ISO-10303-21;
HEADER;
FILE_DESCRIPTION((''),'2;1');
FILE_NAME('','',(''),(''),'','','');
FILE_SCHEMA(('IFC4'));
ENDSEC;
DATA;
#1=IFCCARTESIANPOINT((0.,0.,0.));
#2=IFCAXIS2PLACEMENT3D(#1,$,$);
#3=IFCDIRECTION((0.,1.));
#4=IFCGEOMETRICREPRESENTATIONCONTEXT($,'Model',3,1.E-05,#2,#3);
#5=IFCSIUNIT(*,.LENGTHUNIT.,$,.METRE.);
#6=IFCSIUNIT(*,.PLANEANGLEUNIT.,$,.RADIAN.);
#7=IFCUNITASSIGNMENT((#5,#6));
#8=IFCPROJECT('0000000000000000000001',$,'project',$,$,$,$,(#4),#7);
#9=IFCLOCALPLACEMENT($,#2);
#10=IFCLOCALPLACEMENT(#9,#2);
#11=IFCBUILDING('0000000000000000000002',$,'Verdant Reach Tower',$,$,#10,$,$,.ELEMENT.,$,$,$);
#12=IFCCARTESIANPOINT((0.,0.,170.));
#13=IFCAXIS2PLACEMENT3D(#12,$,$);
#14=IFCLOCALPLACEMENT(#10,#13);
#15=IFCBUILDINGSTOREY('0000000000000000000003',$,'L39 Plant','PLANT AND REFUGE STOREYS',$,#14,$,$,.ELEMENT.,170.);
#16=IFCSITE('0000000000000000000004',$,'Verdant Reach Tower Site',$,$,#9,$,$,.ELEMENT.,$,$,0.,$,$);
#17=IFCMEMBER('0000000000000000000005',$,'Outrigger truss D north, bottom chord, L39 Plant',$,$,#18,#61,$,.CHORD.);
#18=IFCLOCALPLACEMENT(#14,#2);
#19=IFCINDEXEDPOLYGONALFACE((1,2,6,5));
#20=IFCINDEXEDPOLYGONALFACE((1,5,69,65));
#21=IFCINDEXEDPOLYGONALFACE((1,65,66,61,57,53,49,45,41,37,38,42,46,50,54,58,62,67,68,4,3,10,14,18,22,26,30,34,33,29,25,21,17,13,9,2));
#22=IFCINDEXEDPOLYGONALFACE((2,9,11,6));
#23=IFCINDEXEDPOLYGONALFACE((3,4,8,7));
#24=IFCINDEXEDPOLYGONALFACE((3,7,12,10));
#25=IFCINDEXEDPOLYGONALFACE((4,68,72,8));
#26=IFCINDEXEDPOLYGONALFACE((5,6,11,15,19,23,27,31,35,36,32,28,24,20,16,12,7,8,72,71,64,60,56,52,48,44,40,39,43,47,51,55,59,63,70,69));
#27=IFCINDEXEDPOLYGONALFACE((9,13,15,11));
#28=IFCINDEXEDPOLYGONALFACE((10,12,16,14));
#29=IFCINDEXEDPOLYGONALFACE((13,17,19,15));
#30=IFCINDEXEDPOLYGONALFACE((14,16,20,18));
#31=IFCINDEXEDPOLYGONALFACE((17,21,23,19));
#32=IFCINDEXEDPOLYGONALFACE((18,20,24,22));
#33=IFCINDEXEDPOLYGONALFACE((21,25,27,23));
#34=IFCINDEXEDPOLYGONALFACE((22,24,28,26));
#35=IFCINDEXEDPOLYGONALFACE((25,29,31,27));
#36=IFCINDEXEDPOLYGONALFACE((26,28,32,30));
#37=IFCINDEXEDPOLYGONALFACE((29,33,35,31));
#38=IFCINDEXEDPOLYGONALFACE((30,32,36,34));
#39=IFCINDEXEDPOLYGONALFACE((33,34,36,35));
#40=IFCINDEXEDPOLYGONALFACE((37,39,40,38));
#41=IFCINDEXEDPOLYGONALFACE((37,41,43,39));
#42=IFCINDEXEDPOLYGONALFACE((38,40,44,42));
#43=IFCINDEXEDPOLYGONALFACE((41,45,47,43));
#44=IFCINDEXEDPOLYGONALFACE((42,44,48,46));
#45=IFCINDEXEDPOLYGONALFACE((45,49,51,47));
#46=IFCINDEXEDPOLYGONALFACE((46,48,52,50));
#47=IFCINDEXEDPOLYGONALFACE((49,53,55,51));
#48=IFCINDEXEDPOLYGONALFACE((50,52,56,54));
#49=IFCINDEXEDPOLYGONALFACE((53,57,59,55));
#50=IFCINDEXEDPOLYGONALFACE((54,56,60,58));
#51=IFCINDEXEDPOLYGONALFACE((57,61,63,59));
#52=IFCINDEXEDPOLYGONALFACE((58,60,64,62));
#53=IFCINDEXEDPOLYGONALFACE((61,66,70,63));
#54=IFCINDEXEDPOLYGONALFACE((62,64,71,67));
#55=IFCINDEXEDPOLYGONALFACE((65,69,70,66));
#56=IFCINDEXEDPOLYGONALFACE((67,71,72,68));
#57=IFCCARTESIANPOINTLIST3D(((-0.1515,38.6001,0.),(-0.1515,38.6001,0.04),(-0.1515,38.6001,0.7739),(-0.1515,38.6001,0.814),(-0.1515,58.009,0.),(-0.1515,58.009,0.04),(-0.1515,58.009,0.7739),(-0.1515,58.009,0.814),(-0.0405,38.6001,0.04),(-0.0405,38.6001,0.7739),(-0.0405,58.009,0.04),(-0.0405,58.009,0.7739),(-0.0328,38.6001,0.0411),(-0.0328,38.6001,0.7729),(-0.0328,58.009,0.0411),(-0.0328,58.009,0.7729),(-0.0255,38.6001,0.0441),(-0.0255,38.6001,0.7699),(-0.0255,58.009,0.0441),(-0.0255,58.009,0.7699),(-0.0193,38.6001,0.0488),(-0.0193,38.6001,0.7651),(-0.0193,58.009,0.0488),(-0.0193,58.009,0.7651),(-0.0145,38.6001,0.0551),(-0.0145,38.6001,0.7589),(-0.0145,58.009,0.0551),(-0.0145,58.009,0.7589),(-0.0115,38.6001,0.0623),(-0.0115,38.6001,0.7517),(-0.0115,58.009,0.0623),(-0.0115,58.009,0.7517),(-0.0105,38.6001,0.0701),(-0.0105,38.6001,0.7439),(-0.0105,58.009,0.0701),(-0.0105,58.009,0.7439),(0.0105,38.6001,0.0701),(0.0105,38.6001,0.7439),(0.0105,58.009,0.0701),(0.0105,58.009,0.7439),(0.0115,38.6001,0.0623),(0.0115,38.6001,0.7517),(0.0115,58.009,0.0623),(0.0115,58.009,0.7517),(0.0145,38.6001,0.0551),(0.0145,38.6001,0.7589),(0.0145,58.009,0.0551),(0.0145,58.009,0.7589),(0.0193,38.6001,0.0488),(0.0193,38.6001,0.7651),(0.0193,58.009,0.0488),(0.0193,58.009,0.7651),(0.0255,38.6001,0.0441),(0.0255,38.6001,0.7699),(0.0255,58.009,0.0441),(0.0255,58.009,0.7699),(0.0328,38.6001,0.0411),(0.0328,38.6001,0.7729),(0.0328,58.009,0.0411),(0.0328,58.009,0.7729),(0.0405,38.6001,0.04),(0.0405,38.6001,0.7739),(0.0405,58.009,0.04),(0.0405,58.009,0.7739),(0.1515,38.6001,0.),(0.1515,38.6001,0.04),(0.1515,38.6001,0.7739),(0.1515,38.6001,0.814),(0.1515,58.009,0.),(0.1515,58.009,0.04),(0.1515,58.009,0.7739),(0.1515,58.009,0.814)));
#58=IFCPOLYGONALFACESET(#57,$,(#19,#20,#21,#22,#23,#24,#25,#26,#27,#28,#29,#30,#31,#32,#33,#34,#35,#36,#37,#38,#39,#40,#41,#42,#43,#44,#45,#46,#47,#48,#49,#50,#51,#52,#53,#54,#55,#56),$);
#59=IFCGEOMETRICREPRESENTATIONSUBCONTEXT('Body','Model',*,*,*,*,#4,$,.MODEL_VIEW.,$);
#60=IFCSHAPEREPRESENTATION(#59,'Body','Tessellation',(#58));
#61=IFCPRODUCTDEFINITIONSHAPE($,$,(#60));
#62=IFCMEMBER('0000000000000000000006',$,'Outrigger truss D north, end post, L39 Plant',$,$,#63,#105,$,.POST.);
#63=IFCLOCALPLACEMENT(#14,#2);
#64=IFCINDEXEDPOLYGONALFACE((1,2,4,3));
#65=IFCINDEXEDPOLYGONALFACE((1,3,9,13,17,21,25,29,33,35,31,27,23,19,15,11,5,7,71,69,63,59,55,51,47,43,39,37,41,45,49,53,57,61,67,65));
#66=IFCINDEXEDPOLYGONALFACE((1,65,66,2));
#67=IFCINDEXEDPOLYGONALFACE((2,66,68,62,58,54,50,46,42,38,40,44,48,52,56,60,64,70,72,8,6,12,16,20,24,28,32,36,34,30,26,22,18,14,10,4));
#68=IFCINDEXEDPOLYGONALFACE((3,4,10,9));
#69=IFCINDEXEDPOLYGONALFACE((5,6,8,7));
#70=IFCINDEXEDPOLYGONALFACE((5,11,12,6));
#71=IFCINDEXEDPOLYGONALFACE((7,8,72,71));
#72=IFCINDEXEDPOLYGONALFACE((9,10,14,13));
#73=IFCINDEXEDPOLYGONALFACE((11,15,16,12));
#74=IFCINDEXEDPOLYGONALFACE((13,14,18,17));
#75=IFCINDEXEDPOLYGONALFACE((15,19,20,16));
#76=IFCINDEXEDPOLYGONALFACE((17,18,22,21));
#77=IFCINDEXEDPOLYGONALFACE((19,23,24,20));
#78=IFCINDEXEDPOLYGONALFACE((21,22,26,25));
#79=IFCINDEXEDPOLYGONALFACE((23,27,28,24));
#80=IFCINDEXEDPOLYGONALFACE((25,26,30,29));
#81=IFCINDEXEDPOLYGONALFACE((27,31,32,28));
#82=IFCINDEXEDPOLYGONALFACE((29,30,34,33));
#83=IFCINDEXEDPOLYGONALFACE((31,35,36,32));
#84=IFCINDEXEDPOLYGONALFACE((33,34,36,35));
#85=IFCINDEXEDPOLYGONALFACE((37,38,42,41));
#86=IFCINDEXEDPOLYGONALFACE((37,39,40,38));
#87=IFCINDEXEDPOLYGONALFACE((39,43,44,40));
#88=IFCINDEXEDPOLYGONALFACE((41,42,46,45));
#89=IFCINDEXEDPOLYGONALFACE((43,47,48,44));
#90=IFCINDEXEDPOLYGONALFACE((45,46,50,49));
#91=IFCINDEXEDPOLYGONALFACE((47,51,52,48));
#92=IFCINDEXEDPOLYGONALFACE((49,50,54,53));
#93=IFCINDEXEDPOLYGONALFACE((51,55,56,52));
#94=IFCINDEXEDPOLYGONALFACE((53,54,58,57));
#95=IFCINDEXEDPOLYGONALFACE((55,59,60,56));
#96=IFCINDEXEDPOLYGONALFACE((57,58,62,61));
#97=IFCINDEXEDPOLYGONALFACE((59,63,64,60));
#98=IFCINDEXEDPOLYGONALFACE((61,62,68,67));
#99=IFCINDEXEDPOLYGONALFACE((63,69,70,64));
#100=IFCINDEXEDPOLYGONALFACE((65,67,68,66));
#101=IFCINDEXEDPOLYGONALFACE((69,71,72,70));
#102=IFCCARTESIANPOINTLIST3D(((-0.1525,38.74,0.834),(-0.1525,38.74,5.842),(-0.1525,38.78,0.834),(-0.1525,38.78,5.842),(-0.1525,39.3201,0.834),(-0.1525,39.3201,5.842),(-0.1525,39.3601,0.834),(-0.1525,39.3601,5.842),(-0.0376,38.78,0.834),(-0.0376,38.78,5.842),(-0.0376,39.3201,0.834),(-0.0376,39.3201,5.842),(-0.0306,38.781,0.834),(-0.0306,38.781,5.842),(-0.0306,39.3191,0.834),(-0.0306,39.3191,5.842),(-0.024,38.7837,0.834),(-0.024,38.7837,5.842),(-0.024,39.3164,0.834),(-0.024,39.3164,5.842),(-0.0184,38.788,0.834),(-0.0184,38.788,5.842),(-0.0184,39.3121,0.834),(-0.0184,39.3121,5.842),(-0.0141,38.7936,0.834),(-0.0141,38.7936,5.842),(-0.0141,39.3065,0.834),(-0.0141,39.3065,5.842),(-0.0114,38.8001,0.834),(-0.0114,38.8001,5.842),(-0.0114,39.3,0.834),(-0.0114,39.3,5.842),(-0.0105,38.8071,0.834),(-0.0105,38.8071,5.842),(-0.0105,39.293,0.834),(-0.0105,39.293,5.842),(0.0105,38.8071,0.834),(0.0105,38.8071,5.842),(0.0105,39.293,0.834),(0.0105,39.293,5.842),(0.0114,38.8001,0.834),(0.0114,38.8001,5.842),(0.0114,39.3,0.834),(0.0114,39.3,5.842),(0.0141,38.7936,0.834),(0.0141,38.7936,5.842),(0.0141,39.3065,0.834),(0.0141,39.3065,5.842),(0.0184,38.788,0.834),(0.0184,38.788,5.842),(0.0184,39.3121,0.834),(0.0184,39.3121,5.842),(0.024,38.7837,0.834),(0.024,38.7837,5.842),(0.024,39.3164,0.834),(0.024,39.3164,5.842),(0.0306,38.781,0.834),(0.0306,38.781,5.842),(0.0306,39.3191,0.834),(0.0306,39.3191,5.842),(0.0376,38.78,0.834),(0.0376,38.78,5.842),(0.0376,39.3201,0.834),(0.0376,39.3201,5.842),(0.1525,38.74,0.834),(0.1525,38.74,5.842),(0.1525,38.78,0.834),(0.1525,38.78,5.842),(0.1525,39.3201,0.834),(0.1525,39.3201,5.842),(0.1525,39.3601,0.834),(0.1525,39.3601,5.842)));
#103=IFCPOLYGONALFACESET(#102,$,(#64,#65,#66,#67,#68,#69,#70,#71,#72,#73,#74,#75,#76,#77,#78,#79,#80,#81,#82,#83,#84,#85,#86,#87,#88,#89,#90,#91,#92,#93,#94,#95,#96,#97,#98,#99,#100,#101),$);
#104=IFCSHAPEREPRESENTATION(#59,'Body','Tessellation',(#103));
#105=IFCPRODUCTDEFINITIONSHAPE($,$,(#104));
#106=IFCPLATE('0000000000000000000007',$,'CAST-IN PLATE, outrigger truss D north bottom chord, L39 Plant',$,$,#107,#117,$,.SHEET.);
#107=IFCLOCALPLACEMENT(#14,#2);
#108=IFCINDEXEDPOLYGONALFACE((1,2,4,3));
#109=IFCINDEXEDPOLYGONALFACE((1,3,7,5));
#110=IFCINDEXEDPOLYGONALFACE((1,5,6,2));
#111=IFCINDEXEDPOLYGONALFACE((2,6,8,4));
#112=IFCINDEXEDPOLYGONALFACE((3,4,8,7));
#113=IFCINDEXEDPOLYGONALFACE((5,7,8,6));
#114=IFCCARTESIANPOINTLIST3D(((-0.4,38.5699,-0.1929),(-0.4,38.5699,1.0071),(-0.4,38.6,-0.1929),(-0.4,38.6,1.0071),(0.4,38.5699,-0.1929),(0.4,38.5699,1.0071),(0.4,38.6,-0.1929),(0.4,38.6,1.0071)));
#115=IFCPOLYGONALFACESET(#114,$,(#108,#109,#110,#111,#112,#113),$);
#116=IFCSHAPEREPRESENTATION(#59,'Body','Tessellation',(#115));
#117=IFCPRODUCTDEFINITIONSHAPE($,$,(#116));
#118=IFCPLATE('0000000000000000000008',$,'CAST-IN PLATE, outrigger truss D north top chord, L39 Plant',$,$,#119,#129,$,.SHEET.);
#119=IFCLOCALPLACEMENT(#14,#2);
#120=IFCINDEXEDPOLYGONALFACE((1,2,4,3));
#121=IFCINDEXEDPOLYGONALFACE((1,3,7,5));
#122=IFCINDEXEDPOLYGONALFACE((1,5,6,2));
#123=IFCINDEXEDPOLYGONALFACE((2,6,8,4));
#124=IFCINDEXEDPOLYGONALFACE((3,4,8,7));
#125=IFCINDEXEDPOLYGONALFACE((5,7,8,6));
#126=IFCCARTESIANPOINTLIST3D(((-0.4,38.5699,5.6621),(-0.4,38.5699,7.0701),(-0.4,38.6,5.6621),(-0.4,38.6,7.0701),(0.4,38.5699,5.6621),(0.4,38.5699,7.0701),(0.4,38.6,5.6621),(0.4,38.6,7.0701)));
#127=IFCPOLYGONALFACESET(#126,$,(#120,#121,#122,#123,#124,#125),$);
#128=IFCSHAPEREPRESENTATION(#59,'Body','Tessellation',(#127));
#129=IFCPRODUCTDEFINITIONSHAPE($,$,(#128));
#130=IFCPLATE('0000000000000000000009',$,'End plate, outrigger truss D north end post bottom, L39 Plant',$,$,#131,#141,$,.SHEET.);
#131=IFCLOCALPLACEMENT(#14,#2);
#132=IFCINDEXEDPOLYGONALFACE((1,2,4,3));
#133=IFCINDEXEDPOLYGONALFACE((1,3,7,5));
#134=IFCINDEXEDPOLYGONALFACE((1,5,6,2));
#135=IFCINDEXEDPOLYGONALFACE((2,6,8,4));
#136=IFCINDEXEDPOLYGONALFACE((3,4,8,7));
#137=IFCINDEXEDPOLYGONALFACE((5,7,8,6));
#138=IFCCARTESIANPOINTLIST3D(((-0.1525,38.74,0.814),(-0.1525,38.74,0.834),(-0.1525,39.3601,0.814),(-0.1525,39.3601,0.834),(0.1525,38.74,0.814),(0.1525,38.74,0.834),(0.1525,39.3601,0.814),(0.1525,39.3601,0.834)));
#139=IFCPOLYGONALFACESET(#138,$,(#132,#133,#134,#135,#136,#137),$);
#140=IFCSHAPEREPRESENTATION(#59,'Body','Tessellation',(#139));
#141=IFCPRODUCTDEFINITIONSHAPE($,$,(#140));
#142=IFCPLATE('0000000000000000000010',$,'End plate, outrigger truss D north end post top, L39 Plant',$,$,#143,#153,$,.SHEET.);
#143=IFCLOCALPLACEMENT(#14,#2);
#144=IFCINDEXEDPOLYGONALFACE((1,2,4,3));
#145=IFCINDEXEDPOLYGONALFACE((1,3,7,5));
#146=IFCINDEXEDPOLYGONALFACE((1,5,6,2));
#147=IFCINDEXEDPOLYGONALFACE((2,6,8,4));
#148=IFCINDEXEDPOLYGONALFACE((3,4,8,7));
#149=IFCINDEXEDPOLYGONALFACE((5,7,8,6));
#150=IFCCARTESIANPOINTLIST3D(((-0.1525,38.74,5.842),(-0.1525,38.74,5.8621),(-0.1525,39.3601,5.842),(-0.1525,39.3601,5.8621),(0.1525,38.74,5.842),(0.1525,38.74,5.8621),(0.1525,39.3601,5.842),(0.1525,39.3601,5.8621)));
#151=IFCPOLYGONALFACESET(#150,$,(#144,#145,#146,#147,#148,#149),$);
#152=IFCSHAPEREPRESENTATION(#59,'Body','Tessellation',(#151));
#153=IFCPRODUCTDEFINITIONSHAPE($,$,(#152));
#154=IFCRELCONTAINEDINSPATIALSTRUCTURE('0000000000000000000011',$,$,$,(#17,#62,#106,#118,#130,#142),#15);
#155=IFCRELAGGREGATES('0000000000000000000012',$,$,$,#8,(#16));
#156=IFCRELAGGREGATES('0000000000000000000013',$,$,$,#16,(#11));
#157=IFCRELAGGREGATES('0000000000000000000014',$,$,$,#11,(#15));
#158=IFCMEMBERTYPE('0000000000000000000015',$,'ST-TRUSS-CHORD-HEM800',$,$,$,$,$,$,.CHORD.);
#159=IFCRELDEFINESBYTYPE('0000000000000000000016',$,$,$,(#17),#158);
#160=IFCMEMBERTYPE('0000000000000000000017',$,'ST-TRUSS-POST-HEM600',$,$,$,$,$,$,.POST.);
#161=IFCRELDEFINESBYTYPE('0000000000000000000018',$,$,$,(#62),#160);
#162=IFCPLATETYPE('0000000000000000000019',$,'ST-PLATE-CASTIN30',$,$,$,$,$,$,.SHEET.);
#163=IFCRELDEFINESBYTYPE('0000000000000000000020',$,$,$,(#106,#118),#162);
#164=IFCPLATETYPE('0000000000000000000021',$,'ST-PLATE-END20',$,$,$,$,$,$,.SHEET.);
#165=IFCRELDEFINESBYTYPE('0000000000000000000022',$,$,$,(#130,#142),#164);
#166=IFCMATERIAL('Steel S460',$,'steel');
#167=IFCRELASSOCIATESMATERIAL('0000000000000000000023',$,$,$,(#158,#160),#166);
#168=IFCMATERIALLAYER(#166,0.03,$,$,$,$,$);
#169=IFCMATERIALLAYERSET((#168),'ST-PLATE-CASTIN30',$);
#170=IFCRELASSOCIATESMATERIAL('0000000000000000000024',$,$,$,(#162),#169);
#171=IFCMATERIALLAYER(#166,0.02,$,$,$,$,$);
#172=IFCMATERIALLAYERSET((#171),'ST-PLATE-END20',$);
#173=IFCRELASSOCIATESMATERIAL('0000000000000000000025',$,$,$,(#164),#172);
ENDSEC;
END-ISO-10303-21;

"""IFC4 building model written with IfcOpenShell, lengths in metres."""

from ifc_helpers import new_model, si_unit, direction, frame, origin, origin_2d, place, context, subcontext, project, spatial, rectangle, i_section, extrude, material, layer, layer_set, material_profile, profile_set, type_object, element, save


model = new_model("IFC4")

# Units and contexts
model_context = context("Model", 3, precision=1e-05, world=origin(), true_north=direction((0.0, 1.0)))
body_context = subcontext(model_context, "Body", "Model", "MODEL_VIEW")
ifc_project = project(units=[si_unit("LENGTHUNIT", "METRE"), si_unit("PLANEANGLEUNIT", "RADIAN")], contexts=[model_context])

# Site, building, storey
site_placement = place(None, origin())
site = spatial("IfcSite", under=ifc_project, at=site_placement, Name="Verdant Reach Tower Site", CompositionType="ELEMENT", RefElevation=0.0)
building_placement = place(site_placement, origin())
building = spatial("IfcBuilding", under=site, at=building_placement, Name="Verdant Reach Tower", CompositionType="ELEMENT")
storey_placement = place(building_placement, frame((0.0, 0.0, 170.0)))
storey = spatial("IfcBuildingStorey", under=building, at=storey_placement, Name="L39 Plant", Description="PLANT AND REFUGE STOREYS", CompositionType="ELEMENT", Elevation=170.0)

# Members
ifc_material_1 = material(Name="Steel S460", Category="steel")
ifc_material_profile_1 = material_profile(ifc_material_1, i_section(OverallWidth=0.303, OverallDepth=0.814, WebThickness=0.021, FlangeThickness=0.04, FilletRadius=0.03, at=origin_2d()), Name="HEM 800")
ifc_profile_set_1 = profile_set([ifc_material_profile_1], Name="Steel S460")
member_type_1 = type_object("IfcMemberType", Name="ST-TRUSS-CHORD-HEM800", PredefinedType="CHORD", material=ifc_profile_set_1)
member_1_placement = place(storey_placement, frame((0.0, 38.6001, 0.407), z_axis=(0.0, 1.0, 0.0), x_axis=(-1.0, 0.0, 0.0)))
element("IfcMember", 1, at=member_1_placement, inside=storey, type_object=member_type_1, Name="Outrigger truss D north, bottom chord, L39 Plant", PredefinedType="CHORD", context=body_context, shape_type="SweptSolid", body=[
    extrude(i_section(OverallWidth=0.303, OverallDepth=0.814, WebThickness=0.021, FlangeThickness=0.04, FilletRadius=0.03, at=origin_2d()), origin(), (0.0, 0.0, 1.0), 19.4089),
])
ifc_material_profile_2 = material_profile(ifc_material_1, i_section(OverallWidth=0.3049, OverallDepth=0.6201, WebThickness=0.021, FlangeThickness=0.04, FilletRadius=0.0271, at=origin_2d()), Name="HEM 600")
ifc_profile_set_2 = profile_set([ifc_material_profile_2], Name="Steel S460")
member_type_2 = type_object("IfcMemberType", Name="ST-TRUSS-POST-HEM600", PredefinedType="POST", material=ifc_profile_set_2)
member_2_placement = place(storey_placement, frame((0.0, 39.05, 0.834), z_axis=(0.0, 0.0, 1.0), x_axis=(1.0, 0.0, 0.0)))
element("IfcMember", 2, at=member_2_placement, inside=storey, type_object=member_type_2, Name="Outrigger truss D north, end post, L39 Plant", PredefinedType="POST", context=body_context, shape_type="SweptSolid", body=[
    extrude(i_section(OverallWidth=0.3049, OverallDepth=0.6201, WebThickness=0.021, FlangeThickness=0.04, FilletRadius=0.0271, at=origin_2d()), origin(), (0.0, 0.0, 1.0), 5.0081),
])

# Plates
ifc_layer_1 = layer(ifc_material_1, 0.03)
ifc_layer_set_1 = layer_set([ifc_layer_1], Name="ST-PLATE-CASTIN30")
plate_type_1 = type_object("IfcPlateType", Name="ST-PLATE-CASTIN30", PredefinedType="SHEET", material=ifc_layer_set_1)
plate_1_placement = place(storey_placement, frame((0.0, 38.585, -0.1929), z_axis=(0.0, 0.0, 1.0), x_axis=(1.0, 0.0, 0.0)))
element("IfcPlate", 3, at=plate_1_placement, inside=storey, type_object=plate_type_1, Name="CAST-IN PLATE, outrigger truss D north bottom chord, L39 Plant", PredefinedType="SHEET", context=body_context, shape_type="SweptSolid", body=[
    extrude(rectangle(XDim=0.8, YDim=0.03, at=origin_2d()), origin(), (0.0, 0.0, 1.0), 1.2),
])
plate_2_placement = place(storey_placement, frame((0.0, 38.585, 5.6621), z_axis=(0.0, 0.0, 1.0), x_axis=(1.0, 0.0, 0.0)))
element("IfcPlate", 4, at=plate_2_placement, inside=storey, type_object=plate_type_1, Name="CAST-IN PLATE, outrigger truss D north top chord, L39 Plant", PredefinedType="SHEET", context=body_context, shape_type="SweptSolid", body=[
    extrude(rectangle(XDim=0.8, YDim=0.03, at=origin_2d()), origin(), (0.0, 0.0, 1.0), 1.408),
])
ifc_layer_2 = layer(ifc_material_1, 0.02)
ifc_layer_set_2 = layer_set([ifc_layer_2], Name="ST-PLATE-END20")
plate_type_2 = type_object("IfcPlateType", Name="ST-PLATE-END20", PredefinedType="SHEET", material=ifc_layer_set_2)
for number, where, z_axis, x_axis, name in (
    (5, (0.0, 39.05, 0.814), (0.0, 0.0, 1.0), (1.0, 0.0, 0.0), "End plate, outrigger truss D north end post bottom, L39 Plant"),
    (6, (0.0, 39.05, 5.842), (0.0, 0.0, 1.0), (1.0, 0.0, 0.0), "End plate, outrigger truss D north end post top, L39 Plant"),
):
    element("IfcPlate", number, at=place(storey_placement, frame(where, z_axis=z_axis, x_axis=x_axis)), inside=storey, type_object=plate_type_2, Name=name, PredefinedType="SHEET", context=body_context, shape_type="SweptSolid", body=[
        extrude(rectangle(XDim=0.3049, YDim=0.6201, at=origin_2d()), origin(), (0.0, 0.0, 1.0), 0.02),
    ])

save(model, "model.ifc")
